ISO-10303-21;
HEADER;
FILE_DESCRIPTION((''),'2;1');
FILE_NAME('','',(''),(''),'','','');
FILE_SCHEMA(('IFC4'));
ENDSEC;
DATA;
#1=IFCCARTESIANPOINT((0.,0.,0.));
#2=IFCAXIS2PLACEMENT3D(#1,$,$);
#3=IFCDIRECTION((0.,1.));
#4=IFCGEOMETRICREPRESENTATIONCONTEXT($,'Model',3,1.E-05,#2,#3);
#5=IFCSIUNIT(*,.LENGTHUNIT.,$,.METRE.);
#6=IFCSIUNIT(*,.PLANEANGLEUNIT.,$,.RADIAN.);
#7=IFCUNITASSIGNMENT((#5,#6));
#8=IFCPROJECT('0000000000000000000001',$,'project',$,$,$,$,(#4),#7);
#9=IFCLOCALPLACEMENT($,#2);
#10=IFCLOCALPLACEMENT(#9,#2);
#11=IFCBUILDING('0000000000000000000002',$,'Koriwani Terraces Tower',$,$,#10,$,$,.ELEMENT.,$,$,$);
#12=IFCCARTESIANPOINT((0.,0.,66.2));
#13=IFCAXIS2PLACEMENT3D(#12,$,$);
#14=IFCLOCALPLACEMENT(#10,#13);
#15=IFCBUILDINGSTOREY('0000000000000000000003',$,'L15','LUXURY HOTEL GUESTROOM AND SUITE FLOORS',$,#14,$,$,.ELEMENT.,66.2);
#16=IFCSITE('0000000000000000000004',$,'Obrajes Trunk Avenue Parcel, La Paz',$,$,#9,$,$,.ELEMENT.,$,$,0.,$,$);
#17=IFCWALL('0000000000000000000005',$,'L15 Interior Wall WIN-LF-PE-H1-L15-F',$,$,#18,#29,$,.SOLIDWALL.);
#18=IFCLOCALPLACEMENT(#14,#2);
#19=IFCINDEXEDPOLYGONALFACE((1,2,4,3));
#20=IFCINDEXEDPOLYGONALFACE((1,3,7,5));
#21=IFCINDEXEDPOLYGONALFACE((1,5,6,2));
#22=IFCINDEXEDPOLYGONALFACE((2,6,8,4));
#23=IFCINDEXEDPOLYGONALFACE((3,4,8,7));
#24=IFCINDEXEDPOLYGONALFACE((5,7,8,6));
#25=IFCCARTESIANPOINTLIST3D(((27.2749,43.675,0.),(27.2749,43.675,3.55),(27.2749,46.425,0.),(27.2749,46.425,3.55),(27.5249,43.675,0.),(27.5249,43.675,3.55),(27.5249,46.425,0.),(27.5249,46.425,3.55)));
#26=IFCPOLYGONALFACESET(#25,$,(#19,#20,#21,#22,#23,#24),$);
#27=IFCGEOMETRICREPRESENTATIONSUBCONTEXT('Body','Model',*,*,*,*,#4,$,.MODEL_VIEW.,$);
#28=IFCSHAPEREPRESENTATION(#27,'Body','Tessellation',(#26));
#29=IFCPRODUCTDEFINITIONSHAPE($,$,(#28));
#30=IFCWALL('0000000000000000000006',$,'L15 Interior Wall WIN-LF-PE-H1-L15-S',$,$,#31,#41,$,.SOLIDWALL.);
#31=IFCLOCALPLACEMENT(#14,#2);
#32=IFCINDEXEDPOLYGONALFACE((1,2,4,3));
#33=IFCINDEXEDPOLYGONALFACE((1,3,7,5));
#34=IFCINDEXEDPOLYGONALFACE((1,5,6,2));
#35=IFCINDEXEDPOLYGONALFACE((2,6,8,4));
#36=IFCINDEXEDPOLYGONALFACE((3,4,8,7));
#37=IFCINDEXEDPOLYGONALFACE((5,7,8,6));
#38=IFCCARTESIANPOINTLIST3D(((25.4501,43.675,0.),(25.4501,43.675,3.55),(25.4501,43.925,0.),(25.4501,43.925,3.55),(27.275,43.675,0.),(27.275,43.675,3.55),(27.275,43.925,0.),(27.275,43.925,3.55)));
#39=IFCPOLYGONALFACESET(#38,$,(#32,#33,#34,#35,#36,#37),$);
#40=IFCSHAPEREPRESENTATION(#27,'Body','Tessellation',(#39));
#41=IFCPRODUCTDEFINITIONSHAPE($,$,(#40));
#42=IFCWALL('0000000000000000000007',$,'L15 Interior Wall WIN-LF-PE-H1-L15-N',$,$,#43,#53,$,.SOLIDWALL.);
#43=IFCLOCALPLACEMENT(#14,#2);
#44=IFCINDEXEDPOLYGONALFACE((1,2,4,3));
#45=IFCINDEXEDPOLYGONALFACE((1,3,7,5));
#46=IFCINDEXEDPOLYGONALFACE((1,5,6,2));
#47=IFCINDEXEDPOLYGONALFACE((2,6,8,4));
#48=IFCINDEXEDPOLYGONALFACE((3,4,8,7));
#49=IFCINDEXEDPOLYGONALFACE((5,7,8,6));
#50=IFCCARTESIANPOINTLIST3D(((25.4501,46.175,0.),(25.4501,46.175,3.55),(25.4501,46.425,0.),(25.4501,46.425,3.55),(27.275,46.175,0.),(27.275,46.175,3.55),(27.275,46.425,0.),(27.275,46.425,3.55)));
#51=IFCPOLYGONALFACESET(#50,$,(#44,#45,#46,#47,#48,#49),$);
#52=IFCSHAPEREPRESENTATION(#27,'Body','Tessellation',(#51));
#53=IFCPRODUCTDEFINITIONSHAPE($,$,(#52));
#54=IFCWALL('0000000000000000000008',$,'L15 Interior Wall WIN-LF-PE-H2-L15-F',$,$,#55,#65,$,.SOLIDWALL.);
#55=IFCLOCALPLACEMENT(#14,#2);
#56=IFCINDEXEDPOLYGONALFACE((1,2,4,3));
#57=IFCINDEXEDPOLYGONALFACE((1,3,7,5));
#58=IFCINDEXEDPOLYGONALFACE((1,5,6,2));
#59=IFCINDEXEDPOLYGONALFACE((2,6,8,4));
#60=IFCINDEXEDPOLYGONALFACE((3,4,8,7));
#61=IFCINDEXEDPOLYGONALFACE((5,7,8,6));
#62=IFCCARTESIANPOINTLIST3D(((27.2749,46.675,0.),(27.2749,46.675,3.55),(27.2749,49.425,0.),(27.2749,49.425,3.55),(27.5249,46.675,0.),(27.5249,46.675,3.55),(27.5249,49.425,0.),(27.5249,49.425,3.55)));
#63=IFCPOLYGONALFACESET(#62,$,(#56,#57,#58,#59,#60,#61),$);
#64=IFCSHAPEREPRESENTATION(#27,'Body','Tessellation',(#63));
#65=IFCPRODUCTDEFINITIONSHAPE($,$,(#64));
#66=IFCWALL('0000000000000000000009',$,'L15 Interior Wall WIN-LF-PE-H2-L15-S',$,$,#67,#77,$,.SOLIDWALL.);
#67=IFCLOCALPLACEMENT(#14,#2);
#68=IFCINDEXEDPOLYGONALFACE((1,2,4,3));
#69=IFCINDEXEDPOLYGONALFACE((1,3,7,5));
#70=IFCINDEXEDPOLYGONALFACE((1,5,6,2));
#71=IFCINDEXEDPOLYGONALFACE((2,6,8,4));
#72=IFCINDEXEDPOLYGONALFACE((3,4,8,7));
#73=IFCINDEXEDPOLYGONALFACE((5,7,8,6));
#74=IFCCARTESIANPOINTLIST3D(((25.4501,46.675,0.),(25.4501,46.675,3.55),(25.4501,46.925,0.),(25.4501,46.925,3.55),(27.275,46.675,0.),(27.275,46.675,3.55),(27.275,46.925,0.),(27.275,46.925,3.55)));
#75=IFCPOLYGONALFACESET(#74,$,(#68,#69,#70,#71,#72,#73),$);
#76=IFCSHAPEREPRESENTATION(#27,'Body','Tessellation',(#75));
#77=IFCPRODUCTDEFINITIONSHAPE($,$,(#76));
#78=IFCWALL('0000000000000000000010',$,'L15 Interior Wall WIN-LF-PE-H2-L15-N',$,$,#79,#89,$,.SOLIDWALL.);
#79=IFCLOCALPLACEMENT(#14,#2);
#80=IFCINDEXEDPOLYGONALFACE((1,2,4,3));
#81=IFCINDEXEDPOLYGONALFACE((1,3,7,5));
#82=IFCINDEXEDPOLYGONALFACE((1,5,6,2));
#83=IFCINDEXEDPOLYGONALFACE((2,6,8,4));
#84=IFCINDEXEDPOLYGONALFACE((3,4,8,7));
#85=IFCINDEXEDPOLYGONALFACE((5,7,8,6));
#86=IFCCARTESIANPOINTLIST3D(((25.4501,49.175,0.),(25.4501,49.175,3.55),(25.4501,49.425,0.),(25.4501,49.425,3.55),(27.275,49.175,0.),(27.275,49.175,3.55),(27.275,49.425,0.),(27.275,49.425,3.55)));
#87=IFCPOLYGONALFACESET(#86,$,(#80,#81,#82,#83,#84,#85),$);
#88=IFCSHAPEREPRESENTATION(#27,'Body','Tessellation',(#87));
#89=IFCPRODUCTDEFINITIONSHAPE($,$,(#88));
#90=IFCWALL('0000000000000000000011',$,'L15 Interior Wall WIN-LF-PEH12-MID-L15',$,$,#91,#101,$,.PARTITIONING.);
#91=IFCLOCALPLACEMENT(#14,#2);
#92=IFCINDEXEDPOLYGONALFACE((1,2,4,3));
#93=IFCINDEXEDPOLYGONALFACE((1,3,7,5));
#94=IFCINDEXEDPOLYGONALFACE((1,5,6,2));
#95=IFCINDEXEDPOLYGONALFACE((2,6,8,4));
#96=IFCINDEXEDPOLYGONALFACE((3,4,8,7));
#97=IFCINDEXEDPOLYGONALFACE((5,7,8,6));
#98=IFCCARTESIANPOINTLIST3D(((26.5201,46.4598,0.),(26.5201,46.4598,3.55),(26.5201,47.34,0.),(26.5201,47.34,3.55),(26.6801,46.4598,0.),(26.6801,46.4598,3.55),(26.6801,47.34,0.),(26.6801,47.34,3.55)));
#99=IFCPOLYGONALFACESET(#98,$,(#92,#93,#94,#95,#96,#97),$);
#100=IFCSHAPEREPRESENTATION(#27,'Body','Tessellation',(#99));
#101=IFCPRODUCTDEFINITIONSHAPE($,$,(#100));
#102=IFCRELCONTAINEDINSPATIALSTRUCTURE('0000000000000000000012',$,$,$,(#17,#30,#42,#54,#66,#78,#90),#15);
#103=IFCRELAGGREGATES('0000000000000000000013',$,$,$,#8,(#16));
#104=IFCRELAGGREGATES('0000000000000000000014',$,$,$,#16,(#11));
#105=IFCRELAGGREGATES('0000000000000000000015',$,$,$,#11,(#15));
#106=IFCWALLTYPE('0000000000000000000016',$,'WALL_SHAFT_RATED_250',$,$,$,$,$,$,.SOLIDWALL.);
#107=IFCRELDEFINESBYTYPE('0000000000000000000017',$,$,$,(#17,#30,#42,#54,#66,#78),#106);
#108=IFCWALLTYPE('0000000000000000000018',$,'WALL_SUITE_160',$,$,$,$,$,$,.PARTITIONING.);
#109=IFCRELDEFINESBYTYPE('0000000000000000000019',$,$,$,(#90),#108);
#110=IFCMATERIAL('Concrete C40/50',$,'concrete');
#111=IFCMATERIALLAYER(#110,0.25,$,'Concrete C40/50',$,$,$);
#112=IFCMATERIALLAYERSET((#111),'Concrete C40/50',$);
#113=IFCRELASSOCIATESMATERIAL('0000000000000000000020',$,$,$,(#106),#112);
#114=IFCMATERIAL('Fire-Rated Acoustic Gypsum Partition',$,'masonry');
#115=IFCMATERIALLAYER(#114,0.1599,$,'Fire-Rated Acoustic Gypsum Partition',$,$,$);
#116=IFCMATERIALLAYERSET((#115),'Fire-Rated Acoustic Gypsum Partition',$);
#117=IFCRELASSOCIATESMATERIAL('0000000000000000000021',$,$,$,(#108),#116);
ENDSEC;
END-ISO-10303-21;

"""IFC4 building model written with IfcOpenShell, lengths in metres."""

from ifc_helpers import new_model, si_unit, direction, frame, frame_2d, origin, place, context, subcontext, project, spatial, rectangle, extrude, material, layer, layer_set, type_object, element, save


model = new_model("IFC4")

# Units and contexts
model_context = context("Model", 3, precision=1e-05, world=origin(), true_north=direction((0.0, 1.0)))
body_context = subcontext(model_context, "Body", "Model", "MODEL_VIEW")
ifc_project = project(units=[si_unit("LENGTHUNIT", "METRE"), si_unit("PLANEANGLEUNIT", "RADIAN")], contexts=[model_context])

# Site, building, storey
site_placement = place(None, origin())
site = spatial("IfcSite", under=ifc_project, at=site_placement, Name="Obrajes Trunk Avenue Parcel, La Paz", CompositionType="ELEMENT", RefElevation=0.0)
building_placement = place(site_placement, origin())
building = spatial("IfcBuilding", under=site, at=building_placement, Name="Koriwani Terraces Tower", CompositionType="ELEMENT")
storey_placement = place(building_placement, frame((0.0, 0.0, 66.2)))
storey = spatial("IfcBuildingStorey", under=building, at=storey_placement, Name="L15", Description="LUXURY HOTEL GUESTROOM AND SUITE FLOORS", CompositionType="ELEMENT", Elevation=66.2)

# Walls
ifc_material_1 = material(Name="Concrete C40/50", Category="concrete")
ifc_layer_1 = layer(ifc_material_1, 0.25, Name="Concrete C40/50")
ifc_layer_set_1 = layer_set([ifc_layer_1], Name="Concrete C40/50")
wall_type_1 = type_object("IfcWallType", Name="WALL_SHAFT_RATED_250", PredefinedType="SOLIDWALL", material=ifc_layer_set_1)
wall_1_placement = place(storey_placement, frame((27.3999, 43.675, 0.0), z_axis=(0.0, 0.0, 1.0), x_axis=(0.0, 1.0, 0.0)))
element("IfcWall", 1, at=wall_1_placement, inside=storey, type_object=wall_type_1, Name="L15 Interior Wall WIN-LF-PE-H1-L15-F", PredefinedType="SOLIDWALL", context=body_context, shape_type="SweptSolid", body=[
    extrude(rectangle(XDim=2.75, YDim=0.25, at=frame_2d((1.375, 0.0))), origin(), (0.0, 0.0, 1.0), 3.55),
])
for number, where, z_axis, x_axis, name in (
    (2, (25.45, 43.8, 0.0), (0.0, 0.0, 1.0), (1.0, 0.0, 0.0), "L15 Interior Wall WIN-LF-PE-H1-L15-S"),
    (3, (25.45, 46.3, 0.0), (0.0, 0.0, 1.0), (1.0, 0.0, 0.0), "L15 Interior Wall WIN-LF-PE-H1-L15-N"),
):
    element("IfcWall", number, at=place(storey_placement, frame(where, z_axis=z_axis, x_axis=x_axis)), inside=storey, type_object=wall_type_1, Name=name, PredefinedType="SOLIDWALL", context=body_context, shape_type="SweptSolid", body=[
        extrude(rectangle(XDim=1.825, YDim=0.25, at=frame_2d((0.9126, 0.0))), origin(), (0.0, 0.0, 1.0), 3.55),
    ])
wall_2_placement = place(storey_placement, frame((27.3999, 46.675, 0.0), z_axis=(0.0, 0.0, 1.0), x_axis=(0.0, 1.0, 0.0)))
element("IfcWall", 4, at=wall_2_placement, inside=storey, type_object=wall_type_1, Name="L15 Interior Wall WIN-LF-PE-H2-L15-F", PredefinedType="SOLIDWALL", context=body_context, shape_type="SweptSolid", body=[
    extrude(rectangle(XDim=2.75, YDim=0.25, at=frame_2d((1.375, 0.0))), origin(), (0.0, 0.0, 1.0), 3.55),
])
for number, where, z_axis, x_axis, name in (
    (5, (25.45, 46.8, 0.0), (0.0, 0.0, 1.0), (1.0, 0.0, 0.0), "L15 Interior Wall WIN-LF-PE-H2-L15-S"),
    (6, (25.45, 49.3, 0.0), (0.0, 0.0, 1.0), (1.0, 0.0, 0.0), "L15 Interior Wall WIN-LF-PE-H2-L15-N"),
):
    element("IfcWall", number, at=place(storey_placement, frame(where, z_axis=z_axis, x_axis=x_axis)), inside=storey, type_object=wall_type_1, Name=name, PredefinedType="SOLIDWALL", context=body_context, shape_type="SweptSolid", body=[
        extrude(rectangle(XDim=1.825, YDim=0.25, at=frame_2d((0.9126, 0.0))), origin(), (0.0, 0.0, 1.0), 3.55),
    ])
ifc_material_2 = material(Name="Fire-Rated Acoustic Gypsum Partition", Category="masonry")
ifc_layer_2 = layer(ifc_material_2, 0.1599, Name="Fire-Rated Acoustic Gypsum Partition")
ifc_layer_set_2 = layer_set([ifc_layer_2], Name="Fire-Rated Acoustic Gypsum Partition")
wall_type_2 = type_object("IfcWallType", Name="WALL_SUITE_160", PredefinedType="PARTITIONING", material=ifc_layer_set_2)
wall_3_placement = place(storey_placement, frame((26.6001, 46.46, 0.0), z_axis=(0.0, 0.0, 1.0), x_axis=(0.0, 1.0, 0.0)))
element("IfcWall", 7, at=wall_3_placement, inside=storey, type_object=wall_type_2, Name="L15 Interior Wall WIN-LF-PEH12-MID-L15", PredefinedType="PARTITIONING", context=body_context, shape_type="SweptSolid", body=[
    extrude(rectangle(XDim=0.8801, YDim=0.1599, at=frame_2d((0.4399, 0.0))), origin(), (0.0, 0.0, 1.0), 3.55),
])

save(model, "model.ifc")
